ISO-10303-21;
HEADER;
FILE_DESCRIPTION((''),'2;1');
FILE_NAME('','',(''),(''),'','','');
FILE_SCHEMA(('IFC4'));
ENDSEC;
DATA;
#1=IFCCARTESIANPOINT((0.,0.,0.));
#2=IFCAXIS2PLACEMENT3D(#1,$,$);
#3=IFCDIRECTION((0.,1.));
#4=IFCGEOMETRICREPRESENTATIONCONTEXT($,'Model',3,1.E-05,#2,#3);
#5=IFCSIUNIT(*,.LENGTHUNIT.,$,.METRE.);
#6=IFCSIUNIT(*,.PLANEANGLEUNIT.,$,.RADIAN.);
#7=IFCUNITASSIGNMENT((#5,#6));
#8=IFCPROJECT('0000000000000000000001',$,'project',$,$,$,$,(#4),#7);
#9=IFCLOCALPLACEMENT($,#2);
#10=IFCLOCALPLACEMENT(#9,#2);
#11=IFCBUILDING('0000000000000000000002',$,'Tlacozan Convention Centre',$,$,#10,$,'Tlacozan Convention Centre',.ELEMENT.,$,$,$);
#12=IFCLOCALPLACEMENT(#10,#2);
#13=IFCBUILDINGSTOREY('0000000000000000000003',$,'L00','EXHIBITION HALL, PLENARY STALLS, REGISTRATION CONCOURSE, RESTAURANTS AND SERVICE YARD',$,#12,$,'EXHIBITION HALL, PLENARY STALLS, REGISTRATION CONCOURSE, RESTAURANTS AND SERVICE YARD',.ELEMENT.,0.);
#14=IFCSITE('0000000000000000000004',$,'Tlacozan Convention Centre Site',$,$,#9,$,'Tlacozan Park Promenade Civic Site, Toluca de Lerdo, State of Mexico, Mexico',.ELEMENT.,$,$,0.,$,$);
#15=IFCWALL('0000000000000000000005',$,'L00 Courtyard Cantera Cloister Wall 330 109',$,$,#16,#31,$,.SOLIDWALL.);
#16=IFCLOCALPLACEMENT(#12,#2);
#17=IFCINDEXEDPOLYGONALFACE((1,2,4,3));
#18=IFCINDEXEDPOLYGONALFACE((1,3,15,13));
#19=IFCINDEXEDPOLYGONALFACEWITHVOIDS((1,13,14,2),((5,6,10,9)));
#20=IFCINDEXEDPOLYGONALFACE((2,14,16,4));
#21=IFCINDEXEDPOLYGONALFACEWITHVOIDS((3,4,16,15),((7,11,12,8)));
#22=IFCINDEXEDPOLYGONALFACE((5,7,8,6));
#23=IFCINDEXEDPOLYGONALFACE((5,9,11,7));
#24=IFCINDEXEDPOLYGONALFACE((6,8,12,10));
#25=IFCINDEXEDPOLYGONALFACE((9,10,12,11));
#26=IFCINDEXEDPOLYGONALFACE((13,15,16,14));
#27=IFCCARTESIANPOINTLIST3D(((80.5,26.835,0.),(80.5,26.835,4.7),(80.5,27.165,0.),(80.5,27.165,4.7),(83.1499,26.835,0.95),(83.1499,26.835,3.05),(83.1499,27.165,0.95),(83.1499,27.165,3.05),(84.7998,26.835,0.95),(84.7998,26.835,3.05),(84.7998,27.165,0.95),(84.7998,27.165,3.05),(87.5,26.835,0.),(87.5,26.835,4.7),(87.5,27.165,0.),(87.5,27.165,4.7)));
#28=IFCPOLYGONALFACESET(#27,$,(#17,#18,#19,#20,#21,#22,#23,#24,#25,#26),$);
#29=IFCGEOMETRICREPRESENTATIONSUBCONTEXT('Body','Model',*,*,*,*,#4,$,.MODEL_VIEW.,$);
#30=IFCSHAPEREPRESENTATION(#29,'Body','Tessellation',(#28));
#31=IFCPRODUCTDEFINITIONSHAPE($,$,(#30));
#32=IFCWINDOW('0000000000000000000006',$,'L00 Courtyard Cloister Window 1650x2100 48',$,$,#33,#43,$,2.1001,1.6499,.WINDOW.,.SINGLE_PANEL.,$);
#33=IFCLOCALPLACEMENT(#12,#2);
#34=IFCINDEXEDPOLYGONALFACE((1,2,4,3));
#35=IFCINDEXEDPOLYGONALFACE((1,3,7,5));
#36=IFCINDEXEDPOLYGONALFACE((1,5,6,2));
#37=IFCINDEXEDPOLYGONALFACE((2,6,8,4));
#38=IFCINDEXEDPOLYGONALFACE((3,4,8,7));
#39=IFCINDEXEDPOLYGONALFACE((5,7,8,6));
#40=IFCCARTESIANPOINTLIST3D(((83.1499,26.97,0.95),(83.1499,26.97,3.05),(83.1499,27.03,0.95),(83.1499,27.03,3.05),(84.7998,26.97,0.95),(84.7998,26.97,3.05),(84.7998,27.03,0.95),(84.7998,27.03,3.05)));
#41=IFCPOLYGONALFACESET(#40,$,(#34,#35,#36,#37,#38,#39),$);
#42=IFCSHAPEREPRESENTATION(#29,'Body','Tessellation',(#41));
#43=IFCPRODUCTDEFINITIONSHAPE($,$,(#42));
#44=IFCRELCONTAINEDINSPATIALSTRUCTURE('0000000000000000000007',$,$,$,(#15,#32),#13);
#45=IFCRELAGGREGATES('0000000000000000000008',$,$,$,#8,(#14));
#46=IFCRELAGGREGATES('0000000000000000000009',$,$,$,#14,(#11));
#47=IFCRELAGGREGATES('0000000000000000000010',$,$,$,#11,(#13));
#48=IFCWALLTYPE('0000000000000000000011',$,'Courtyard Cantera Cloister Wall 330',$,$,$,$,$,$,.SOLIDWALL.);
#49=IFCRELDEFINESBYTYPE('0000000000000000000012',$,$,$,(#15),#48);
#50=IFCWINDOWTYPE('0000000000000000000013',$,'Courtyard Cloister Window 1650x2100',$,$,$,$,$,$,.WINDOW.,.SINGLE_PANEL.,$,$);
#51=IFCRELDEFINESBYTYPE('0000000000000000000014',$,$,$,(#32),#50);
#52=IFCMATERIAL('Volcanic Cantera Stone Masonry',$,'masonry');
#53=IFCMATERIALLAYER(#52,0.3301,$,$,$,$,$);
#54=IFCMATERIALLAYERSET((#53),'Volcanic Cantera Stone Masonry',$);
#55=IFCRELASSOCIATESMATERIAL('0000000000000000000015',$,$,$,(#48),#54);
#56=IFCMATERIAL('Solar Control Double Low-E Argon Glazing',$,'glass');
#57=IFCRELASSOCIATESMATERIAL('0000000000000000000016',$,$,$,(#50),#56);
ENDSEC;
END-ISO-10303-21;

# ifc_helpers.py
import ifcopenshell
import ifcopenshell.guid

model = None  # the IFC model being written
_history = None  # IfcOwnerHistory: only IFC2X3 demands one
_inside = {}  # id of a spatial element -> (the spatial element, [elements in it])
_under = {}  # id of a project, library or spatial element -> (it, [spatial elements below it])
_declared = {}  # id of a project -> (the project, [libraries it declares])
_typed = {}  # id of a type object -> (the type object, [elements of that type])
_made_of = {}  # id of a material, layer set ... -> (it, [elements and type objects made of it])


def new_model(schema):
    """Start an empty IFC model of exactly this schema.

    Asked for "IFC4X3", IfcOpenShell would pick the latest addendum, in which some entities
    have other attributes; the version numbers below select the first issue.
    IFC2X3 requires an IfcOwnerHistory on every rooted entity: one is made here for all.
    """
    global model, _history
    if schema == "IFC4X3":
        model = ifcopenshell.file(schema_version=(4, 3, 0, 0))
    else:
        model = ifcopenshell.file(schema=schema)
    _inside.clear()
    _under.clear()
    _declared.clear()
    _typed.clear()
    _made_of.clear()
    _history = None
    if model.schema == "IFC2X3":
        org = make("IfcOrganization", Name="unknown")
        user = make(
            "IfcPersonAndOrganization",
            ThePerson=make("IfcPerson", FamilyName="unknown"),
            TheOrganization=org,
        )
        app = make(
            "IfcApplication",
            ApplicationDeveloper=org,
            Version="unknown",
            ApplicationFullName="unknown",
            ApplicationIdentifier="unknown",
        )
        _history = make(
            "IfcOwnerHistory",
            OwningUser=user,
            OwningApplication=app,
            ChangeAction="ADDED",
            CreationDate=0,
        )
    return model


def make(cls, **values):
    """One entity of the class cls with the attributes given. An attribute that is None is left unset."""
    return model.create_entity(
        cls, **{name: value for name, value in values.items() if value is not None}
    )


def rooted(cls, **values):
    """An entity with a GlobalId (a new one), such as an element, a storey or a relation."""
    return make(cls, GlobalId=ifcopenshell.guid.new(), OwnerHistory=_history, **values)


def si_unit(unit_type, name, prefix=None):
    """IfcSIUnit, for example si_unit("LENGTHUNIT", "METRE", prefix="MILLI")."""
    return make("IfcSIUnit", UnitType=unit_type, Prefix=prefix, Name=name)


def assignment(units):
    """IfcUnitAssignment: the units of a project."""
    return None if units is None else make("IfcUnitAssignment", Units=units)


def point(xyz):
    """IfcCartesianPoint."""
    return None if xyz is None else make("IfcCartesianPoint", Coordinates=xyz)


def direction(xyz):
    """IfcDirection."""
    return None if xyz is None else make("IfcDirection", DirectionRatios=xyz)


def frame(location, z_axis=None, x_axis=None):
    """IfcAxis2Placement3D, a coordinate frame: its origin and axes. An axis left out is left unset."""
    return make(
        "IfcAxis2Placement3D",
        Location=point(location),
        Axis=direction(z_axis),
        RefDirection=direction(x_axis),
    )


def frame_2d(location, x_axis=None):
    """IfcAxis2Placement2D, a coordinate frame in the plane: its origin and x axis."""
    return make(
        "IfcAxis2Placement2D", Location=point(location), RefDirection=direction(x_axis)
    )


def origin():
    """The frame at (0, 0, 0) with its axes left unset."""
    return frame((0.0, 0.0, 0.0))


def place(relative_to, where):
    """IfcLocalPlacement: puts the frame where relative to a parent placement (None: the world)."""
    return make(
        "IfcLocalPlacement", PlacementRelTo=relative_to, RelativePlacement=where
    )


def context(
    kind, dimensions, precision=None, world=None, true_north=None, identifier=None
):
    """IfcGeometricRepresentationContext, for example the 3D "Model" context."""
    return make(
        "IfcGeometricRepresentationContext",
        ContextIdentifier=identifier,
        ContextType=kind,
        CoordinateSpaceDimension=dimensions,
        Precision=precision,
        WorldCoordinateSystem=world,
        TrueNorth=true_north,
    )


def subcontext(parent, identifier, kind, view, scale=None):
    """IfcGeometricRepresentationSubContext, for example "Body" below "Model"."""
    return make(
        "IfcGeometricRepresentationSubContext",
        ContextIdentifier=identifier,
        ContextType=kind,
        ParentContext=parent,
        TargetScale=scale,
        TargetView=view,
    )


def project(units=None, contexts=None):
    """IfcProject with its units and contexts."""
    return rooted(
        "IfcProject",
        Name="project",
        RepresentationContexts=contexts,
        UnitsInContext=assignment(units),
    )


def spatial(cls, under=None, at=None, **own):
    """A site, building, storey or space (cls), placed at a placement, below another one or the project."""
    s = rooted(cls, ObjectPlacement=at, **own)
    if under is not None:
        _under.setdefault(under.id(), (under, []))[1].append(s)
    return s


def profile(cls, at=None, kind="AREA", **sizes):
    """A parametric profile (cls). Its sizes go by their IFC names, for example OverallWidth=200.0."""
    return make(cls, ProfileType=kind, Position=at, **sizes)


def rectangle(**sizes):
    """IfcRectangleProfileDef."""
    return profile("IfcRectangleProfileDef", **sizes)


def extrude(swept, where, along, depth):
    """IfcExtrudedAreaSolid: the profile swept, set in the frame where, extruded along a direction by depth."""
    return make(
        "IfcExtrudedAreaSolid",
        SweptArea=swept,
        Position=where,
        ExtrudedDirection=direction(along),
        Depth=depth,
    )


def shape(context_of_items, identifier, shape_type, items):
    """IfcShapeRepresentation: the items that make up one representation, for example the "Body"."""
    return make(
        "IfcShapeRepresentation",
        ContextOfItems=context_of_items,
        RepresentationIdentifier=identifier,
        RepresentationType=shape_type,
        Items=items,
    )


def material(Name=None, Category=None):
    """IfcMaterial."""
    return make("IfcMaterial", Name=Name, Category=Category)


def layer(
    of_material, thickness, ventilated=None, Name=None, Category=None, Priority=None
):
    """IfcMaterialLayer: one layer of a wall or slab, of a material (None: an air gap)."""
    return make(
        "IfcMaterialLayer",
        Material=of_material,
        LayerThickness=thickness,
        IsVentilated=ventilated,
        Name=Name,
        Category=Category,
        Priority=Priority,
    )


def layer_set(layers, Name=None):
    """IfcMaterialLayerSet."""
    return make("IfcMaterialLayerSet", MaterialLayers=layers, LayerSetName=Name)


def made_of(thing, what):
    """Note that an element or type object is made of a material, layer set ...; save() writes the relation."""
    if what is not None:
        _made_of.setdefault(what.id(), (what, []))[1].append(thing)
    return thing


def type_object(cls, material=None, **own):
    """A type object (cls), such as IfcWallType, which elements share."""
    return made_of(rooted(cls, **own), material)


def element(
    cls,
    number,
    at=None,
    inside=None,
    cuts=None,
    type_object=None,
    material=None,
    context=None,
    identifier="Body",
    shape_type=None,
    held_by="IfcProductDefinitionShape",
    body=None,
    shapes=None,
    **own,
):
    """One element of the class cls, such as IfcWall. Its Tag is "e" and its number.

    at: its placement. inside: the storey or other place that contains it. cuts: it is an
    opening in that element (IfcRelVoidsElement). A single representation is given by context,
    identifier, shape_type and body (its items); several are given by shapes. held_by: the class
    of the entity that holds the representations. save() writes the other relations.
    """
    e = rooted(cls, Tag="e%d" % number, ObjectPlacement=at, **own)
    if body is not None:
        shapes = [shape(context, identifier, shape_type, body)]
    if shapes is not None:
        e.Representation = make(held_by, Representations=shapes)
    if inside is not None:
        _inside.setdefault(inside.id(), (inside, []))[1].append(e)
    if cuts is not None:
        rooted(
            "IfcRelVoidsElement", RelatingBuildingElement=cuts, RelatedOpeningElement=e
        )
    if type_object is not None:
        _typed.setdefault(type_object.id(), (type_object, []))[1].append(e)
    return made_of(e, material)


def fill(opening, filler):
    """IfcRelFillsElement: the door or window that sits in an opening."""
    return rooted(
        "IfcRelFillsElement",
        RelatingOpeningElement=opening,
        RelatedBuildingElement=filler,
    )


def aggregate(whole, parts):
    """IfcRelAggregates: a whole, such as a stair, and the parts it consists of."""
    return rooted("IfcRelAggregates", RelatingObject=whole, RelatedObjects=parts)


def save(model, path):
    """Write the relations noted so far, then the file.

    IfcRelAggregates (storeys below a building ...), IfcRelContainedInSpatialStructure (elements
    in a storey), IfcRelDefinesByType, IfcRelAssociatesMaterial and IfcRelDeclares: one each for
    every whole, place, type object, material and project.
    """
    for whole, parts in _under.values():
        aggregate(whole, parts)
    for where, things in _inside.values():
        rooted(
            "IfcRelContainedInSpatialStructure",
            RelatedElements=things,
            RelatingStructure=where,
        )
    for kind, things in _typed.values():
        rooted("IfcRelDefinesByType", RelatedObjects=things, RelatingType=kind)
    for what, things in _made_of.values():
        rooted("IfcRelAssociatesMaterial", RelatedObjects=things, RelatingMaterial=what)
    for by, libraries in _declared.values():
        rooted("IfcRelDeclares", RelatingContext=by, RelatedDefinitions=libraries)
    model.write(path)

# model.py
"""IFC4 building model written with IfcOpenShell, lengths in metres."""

from ifc_helpers import new_model, si_unit, direction, frame, frame_2d, origin, place, context, subcontext, project, spatial, rectangle, extrude, material, layer, layer_set, type_object, element, fill, save


model = new_model("IFC4")

# Units and contexts
model_context = context("Model", 3, precision=1e-05, world=origin(), true_north=direction((0.0, 1.0)))
body_context = subcontext(model_context, "Body", "Model", "MODEL_VIEW")
ifc_project = project(units=[si_unit("LENGTHUNIT", "METRE"), si_unit("PLANEANGLEUNIT", "RADIAN")], contexts=[model_context])

# Site, building, storey
site_placement = place(None, origin())
site = spatial("IfcSite", under=ifc_project, at=site_placement, Name="Tlacozan Convention Centre Site", LongName="Tlacozan Park Promenade Civic Site, Toluca de Lerdo, State of Mexico, Mexico", CompositionType="ELEMENT", RefElevation=0.0)
building_placement = place(site_placement, origin())
building = spatial("IfcBuilding", under=site, at=building_placement, Name="Tlacozan Convention Centre", LongName="Tlacozan Convention Centre", CompositionType="ELEMENT")
storey_placement = place(building_placement, origin())
storey = spatial("IfcBuildingStorey", under=building, at=storey_placement, Name="L00", Description="EXHIBITION HALL, PLENARY STALLS, REGISTRATION CONCOURSE, RESTAURANTS AND SERVICE YARD", LongName="EXHIBITION HALL, PLENARY STALLS, REGISTRATION CONCOURSE, RESTAURANTS AND SERVICE YARD", CompositionType="ELEMENT", Elevation=0.0)

# Shared definitions
ifc_material_1 = material(Name="Solar Control Double Low-E Argon Glazing", Category="glass")

# Wall, opening, window
ifc_material_2 = material(Name="Volcanic Cantera Stone Masonry", Category="masonry")
ifc_layer_1 = layer(ifc_material_2, 0.3301)
ifc_layer_set_1 = layer_set([ifc_layer_1], Name="Volcanic Cantera Stone Masonry")
wall_type = type_object("IfcWallType", Name="Courtyard Cantera Cloister Wall 330", PredefinedType="SOLIDWALL", material=ifc_layer_set_1)
wall_placement = place(storey_placement, frame((80.5, 27.0, 0.0), z_axis=(0.0, 0.0, 1.0), x_axis=(1.0, 0.0, 0.0)))
wall = element("IfcWall", 1, at=wall_placement, inside=storey, type_object=wall_type, Name="L00 Courtyard Cantera Cloister Wall 330 109", PredefinedType="SOLIDWALL", context=body_context, shape_type="SweptSolid", body=[
    extrude(rectangle(XDim=7.0, YDim=0.3301, at=frame_2d((3.5, 0.0))), origin(), (0.0, 0.0, 1.0), 4.7),
])
opening_placement = place(wall_placement, frame((2.6499, 0.0, 0.95)))
opening = element("IfcOpeningElement", 2, at=opening_placement, cuts=wall, PredefinedType="OPENING", context=body_context, shape_type="SweptSolid", body=[
    extrude(rectangle(XDim=1.6499, YDim=2.1001, at=frame_2d((0.825, 1.05))), frame((0.0, 0.175, 0.0), z_axis=(0.0, -1.0, 0.0), x_axis=(1.0, 0.0, 0.0)), (0.0, 0.0, 1.0), 0.3501),
])
window_type = type_object("IfcWindowType", Name="Courtyard Cloister Window 1650x2100", PartitioningType="SINGLE_PANEL", PredefinedType="WINDOW", material=ifc_material_1)
window_placement = place(opening_placement, origin())
window = element("IfcWindow", 3, at=window_placement, inside=storey, type_object=window_type, Name="L00 Courtyard Cloister Window 1650x2100 48", OverallHeight=2.1001, OverallWidth=1.6499, PartitioningType="SINGLE_PANEL", PredefinedType="WINDOW", context=body_context, shape_type="SweptSolid", body=[
    extrude(rectangle(XDim=1.6499, YDim=2.1001, at=frame_2d((0.825, 1.05))), frame((0.0, 0.03, 0.0), z_axis=(0.0, -1.0, 0.0), x_axis=(1.0, 0.0, 0.0)), (0.0, 0.0, 1.0), 0.0601),
])
fill(opening, window)

save(model, "model.ifc")
